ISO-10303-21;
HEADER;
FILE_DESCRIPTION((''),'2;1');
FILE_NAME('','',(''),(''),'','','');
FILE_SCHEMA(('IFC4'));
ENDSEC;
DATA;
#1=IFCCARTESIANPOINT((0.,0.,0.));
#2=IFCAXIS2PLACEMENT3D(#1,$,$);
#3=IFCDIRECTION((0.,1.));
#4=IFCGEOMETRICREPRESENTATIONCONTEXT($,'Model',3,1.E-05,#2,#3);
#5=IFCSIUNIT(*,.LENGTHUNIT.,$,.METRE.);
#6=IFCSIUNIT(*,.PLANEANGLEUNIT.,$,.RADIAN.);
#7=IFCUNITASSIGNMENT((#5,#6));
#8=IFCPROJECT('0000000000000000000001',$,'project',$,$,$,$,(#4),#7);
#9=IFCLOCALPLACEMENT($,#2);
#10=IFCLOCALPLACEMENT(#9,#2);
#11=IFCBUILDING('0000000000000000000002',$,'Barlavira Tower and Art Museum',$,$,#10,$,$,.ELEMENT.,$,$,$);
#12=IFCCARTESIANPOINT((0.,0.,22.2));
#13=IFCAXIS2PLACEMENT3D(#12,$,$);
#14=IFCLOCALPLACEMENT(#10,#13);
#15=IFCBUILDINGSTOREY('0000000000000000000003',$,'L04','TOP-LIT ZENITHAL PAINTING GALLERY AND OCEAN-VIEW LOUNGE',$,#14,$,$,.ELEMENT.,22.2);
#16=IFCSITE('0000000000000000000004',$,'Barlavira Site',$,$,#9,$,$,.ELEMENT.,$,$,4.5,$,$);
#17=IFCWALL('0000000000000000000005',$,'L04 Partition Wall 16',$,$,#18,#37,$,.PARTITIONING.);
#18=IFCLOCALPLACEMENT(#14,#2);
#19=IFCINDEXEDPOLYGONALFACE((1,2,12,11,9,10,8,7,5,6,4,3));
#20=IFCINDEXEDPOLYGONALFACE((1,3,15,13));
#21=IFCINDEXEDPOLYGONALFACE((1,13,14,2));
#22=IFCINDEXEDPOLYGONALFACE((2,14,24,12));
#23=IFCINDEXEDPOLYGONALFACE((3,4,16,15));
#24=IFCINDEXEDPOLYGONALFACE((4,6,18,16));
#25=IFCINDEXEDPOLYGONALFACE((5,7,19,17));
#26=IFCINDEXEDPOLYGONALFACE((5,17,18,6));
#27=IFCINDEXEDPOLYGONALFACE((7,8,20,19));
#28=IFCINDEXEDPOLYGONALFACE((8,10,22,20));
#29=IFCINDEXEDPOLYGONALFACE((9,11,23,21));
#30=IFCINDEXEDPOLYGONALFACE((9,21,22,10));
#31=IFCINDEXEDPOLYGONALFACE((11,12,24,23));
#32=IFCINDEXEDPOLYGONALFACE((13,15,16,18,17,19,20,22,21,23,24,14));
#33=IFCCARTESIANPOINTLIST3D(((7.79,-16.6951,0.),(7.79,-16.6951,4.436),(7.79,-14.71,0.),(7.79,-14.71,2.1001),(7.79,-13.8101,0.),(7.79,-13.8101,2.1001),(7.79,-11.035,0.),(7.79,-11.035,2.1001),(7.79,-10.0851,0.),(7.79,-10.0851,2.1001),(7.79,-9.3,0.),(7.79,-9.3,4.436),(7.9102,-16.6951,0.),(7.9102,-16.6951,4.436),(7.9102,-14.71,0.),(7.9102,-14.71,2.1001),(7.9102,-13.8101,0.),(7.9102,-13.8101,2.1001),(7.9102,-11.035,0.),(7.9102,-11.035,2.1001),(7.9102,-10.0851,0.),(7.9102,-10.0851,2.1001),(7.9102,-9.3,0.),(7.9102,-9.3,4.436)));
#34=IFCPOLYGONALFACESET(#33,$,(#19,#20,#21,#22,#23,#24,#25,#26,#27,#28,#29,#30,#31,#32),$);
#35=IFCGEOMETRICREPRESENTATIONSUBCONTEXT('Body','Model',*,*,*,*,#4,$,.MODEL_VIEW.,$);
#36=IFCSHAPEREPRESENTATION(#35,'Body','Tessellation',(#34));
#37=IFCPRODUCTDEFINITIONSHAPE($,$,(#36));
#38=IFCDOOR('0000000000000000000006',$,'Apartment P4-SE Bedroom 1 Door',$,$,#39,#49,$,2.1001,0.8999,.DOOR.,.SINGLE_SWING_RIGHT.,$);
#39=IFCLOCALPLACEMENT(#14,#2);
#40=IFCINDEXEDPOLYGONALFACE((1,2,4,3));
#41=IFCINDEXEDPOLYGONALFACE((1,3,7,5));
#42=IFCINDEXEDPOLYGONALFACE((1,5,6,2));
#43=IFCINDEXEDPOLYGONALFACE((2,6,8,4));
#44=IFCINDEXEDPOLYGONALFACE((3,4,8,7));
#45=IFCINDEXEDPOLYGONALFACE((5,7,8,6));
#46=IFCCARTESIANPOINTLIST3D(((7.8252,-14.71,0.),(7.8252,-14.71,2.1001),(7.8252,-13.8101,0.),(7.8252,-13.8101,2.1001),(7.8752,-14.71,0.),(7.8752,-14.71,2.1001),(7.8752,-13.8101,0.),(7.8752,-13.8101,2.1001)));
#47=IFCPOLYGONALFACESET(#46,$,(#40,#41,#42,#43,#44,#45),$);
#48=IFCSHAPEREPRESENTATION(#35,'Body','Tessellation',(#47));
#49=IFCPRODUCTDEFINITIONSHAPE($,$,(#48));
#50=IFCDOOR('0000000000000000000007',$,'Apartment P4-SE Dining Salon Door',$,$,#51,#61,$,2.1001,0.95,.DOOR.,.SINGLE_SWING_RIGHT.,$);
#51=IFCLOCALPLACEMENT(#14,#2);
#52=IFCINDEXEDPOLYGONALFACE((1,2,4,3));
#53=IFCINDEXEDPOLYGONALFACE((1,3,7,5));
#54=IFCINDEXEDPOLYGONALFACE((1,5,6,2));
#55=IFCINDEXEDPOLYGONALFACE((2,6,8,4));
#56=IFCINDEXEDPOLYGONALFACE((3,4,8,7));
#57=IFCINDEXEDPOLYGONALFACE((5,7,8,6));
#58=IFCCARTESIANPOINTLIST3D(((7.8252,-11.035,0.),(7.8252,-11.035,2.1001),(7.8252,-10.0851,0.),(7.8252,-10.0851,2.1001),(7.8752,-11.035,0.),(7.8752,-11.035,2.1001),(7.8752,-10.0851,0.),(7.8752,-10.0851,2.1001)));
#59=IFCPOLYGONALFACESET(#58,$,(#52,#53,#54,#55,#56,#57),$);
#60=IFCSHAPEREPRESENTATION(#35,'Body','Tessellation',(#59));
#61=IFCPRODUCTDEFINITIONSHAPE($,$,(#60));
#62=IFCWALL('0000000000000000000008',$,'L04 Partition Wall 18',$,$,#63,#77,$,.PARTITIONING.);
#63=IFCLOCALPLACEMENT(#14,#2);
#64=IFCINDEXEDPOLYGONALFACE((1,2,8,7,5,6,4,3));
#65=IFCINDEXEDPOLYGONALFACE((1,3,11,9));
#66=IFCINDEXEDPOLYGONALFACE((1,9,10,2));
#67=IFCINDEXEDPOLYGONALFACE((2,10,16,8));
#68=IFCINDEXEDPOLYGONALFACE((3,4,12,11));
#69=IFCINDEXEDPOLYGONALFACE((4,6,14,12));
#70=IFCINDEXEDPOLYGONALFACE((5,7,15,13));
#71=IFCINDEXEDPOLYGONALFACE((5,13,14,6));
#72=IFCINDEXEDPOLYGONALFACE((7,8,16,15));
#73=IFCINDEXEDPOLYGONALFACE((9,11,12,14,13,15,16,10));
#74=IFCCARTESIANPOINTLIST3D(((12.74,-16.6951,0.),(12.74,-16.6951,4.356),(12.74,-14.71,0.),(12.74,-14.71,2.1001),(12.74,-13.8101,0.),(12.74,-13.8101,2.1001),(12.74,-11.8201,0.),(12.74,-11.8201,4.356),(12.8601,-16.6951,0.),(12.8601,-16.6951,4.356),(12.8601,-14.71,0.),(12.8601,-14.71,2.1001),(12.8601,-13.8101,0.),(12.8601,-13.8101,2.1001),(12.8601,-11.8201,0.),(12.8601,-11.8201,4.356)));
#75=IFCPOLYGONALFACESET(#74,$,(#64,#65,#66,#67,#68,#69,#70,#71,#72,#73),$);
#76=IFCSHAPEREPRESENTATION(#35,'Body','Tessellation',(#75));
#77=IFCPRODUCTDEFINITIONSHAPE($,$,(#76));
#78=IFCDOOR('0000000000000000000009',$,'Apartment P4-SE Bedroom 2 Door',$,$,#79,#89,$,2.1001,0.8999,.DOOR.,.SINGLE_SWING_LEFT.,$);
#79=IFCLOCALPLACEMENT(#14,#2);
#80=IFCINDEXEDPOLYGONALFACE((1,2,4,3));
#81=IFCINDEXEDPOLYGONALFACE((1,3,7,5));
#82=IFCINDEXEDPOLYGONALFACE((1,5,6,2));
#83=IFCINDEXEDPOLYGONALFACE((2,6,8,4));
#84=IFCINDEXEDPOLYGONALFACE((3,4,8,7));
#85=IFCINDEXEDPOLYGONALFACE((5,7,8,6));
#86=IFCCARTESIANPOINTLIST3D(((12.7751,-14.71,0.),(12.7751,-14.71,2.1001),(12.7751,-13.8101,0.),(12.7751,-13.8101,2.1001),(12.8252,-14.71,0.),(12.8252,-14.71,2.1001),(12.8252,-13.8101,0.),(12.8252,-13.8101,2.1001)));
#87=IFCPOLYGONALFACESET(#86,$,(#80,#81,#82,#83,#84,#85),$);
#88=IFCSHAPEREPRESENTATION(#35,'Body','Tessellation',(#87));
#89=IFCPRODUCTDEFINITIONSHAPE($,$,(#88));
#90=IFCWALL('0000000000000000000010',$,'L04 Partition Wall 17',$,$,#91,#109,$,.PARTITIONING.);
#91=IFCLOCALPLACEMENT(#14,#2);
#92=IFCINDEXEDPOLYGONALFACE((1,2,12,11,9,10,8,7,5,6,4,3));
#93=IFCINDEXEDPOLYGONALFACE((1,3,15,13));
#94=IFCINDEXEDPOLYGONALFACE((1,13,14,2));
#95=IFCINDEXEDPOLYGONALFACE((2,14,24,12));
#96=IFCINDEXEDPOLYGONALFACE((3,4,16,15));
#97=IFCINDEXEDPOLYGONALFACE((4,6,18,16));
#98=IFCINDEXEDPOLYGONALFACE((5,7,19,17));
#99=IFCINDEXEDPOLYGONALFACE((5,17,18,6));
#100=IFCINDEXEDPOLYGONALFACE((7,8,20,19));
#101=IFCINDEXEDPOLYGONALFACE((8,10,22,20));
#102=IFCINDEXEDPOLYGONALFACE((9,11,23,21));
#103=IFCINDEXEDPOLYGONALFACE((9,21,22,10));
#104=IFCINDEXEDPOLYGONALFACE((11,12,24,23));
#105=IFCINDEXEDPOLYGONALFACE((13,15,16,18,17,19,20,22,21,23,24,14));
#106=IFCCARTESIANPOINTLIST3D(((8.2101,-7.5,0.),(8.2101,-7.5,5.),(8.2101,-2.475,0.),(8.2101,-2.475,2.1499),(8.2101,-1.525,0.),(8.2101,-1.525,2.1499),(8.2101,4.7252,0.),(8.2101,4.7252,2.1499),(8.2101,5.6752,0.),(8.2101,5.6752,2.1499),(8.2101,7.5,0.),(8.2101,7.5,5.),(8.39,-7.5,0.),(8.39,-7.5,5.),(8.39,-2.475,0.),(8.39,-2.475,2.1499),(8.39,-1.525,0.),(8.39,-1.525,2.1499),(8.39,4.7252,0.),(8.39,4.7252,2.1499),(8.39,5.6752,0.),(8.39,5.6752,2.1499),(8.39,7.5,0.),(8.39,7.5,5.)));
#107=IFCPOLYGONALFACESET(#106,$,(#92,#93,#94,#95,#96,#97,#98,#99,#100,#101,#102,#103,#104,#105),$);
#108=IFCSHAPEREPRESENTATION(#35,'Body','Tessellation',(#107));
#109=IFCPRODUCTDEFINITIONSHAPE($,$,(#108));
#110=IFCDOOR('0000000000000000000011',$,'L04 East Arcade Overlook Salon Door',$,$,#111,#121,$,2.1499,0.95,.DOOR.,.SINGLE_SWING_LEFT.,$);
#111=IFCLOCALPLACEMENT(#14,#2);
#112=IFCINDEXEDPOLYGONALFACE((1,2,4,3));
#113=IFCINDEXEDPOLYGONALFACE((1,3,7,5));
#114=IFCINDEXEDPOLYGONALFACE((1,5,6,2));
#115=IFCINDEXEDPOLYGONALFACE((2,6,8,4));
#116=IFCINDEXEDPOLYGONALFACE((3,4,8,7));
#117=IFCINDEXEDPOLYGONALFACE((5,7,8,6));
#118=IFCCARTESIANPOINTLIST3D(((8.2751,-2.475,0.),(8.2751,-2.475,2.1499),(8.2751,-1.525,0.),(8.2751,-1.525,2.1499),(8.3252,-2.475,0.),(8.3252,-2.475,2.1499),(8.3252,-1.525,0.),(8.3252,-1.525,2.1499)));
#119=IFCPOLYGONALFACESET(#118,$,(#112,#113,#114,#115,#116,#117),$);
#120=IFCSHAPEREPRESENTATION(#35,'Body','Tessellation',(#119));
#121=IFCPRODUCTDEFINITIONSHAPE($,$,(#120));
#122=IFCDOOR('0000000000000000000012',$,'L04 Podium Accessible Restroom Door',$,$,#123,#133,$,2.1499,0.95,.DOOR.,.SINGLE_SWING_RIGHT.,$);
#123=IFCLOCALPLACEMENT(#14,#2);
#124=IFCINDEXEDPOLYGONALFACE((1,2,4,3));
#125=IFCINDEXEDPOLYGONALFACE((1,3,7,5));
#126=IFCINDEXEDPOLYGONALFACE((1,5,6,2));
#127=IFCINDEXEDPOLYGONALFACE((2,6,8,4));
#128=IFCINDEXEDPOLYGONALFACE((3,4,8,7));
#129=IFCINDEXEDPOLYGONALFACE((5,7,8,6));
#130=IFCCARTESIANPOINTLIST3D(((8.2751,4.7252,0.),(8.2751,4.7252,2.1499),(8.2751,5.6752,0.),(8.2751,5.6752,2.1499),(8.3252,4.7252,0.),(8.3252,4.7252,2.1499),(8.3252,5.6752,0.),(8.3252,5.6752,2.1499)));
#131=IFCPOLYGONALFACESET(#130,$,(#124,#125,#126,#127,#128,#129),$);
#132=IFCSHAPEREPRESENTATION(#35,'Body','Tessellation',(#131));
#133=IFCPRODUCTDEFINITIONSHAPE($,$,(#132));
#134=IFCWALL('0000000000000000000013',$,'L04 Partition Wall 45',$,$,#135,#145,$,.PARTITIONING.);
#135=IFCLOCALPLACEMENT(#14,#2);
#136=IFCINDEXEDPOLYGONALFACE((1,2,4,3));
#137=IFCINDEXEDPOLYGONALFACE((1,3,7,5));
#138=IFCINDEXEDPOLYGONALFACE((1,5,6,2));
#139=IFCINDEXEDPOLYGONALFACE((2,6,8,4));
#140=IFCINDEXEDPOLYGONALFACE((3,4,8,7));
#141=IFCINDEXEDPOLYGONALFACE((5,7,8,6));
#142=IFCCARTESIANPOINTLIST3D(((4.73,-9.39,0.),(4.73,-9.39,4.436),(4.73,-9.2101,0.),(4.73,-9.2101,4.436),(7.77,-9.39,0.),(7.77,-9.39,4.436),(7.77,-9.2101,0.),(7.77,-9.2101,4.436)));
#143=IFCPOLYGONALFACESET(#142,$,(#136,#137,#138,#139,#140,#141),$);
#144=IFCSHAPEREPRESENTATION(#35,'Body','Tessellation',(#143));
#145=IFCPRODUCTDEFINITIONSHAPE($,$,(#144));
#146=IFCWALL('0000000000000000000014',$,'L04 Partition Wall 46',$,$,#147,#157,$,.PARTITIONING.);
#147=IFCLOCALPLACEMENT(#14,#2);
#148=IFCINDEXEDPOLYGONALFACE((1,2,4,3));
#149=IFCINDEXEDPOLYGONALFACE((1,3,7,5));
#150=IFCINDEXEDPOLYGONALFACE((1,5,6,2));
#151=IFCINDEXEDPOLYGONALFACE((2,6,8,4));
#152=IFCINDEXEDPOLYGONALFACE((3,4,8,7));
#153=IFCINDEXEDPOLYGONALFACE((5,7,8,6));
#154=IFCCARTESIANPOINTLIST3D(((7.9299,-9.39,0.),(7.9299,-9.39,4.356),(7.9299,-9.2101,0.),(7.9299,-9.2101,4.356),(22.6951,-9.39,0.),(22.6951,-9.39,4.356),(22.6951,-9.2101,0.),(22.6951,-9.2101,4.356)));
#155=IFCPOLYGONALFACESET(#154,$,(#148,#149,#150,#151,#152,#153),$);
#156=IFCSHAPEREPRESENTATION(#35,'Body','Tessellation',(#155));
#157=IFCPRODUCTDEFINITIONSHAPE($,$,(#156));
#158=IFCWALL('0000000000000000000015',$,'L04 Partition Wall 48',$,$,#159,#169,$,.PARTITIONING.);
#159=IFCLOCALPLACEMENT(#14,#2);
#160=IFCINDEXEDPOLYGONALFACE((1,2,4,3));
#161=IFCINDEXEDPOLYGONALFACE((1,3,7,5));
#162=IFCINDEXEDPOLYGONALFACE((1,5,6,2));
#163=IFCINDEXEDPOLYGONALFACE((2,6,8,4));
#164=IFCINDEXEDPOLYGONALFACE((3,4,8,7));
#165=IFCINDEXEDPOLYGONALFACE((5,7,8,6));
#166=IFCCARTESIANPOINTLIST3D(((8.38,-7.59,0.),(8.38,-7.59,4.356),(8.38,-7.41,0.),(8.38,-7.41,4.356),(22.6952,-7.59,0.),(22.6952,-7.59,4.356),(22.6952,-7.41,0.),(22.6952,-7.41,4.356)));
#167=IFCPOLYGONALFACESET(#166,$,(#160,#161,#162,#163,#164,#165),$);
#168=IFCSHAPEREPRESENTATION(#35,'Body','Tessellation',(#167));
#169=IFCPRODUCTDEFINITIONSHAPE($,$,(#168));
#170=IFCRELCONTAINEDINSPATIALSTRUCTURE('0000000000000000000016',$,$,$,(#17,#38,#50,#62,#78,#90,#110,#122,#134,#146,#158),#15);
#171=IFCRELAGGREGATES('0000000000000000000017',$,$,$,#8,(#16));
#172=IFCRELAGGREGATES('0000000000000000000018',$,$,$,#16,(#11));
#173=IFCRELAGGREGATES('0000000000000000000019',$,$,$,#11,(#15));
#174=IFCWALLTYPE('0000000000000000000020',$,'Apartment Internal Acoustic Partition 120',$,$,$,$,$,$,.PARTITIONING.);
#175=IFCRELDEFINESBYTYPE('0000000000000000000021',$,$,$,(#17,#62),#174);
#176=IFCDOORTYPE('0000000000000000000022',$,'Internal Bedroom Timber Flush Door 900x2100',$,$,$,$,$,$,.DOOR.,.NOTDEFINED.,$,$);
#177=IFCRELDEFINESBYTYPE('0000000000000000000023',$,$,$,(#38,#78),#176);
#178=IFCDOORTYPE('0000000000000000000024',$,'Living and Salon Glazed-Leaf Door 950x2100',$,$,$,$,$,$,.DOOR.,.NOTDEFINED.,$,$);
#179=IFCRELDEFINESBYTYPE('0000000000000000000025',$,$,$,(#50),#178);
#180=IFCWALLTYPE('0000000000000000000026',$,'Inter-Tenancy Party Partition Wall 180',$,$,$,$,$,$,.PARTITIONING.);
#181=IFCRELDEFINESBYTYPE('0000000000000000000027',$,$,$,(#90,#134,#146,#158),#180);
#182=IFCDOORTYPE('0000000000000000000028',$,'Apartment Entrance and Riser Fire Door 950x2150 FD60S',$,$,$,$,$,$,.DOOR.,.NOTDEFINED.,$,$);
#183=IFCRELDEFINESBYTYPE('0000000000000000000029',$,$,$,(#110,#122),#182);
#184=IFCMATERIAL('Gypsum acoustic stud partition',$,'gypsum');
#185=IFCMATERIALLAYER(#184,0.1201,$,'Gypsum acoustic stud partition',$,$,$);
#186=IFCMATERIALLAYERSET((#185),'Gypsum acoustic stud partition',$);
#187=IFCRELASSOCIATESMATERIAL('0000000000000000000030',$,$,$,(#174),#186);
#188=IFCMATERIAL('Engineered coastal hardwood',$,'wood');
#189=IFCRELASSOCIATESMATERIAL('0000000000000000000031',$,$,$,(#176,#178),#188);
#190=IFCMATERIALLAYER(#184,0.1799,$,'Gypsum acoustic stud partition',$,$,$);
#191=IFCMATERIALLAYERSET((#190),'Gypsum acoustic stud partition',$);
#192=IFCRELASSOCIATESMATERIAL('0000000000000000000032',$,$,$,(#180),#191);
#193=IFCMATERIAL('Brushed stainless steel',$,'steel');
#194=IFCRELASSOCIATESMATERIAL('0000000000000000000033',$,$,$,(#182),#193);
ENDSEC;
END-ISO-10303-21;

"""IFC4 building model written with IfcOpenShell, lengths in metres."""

from ifc_helpers import new_model, si_unit, direction, frame, frame_2d, origin, place, context, subcontext, project, spatial, rectangle, extrude, material, layer, layer_set, type_object, element, fill, save


model = new_model("IFC4")

# Units and contexts
model_context = context("Model", 3, precision=1e-05, world=origin(), true_north=direction((0.0, 1.0)))
body_context = subcontext(model_context, "Body", "Model", "MODEL_VIEW")
ifc_project = project(units=[si_unit("LENGTHUNIT", "METRE"), si_unit("PLANEANGLEUNIT", "RADIAN")], contexts=[model_context])

# Site, building, storey
site_placement = place(None, origin())
site = spatial("IfcSite", under=ifc_project, at=site_placement, Name="Barlavira Site", CompositionType="ELEMENT", RefElevation=4.5)
building_placement = place(site_placement, origin())
building = spatial("IfcBuilding", under=site, at=building_placement, Name="Barlavira Tower and Art Museum", CompositionType="ELEMENT")
storey_placement = place(building_placement, frame((0.0, 0.0, 22.2)))
storey = spatial("IfcBuildingStorey", under=building, at=storey_placement, Name="L04", Description="TOP-LIT ZENITHAL PAINTING GALLERY AND OCEAN-VIEW LOUNGE", CompositionType="ELEMENT", Elevation=22.2)

# Wall, openings, doors
ifc_material_1 = material(Name="Gypsum acoustic stud partition", Category="gypsum")
ifc_layer_1 = layer(ifc_material_1, 0.1201, Name="Gypsum acoustic stud partition")
ifc_layer_set_1 = layer_set([ifc_layer_1], Name="Gypsum acoustic stud partition")
wall_type_1 = type_object("IfcWallType", Name="Apartment Internal Acoustic Partition 120", PredefinedType="PARTITIONING", material=ifc_layer_set_1)
wall_1_placement = place(storey_placement, frame((7.8501, -16.6951, 0.0), z_axis=(0.0, 0.0, 1.0), x_axis=(0.0, 1.0, 0.0)))
wall_1 = element("IfcWall", 1, at=wall_1_placement, inside=storey, type_object=wall_type_1, Name="L04 Partition Wall 16", PredefinedType="PARTITIONING", context=body_context, shape_type="SweptSolid", body=[
    extrude(rectangle(XDim=7.395, YDim=0.1201, at=frame_2d((3.6975, 0.0))), origin(), (0.0, 0.0, 1.0), 4.436),
])
opening_1_placement = place(wall_1_placement, frame((5.6599, 0.0, 0.0)))
opening_1 = element("IfcOpeningElement", 2, at=opening_1_placement, cuts=wall_1, PredefinedType="OPENING", context=body_context, shape_type="SweptSolid", body=[
    extrude(rectangle(XDim=0.95, YDim=2.1001, at=frame_2d((0.4751, 1.05))), frame((0.0, 0.0701, 0.0), z_axis=(0.0, -1.0, 0.0), x_axis=(1.0, 0.0, 0.0)), (0.0, 0.0, 1.0), 0.1401),
])
opening_2_placement = place(wall_1_placement, frame((1.9851, 0.0, 0.0)))
opening_2 = element("IfcOpeningElement", 3, at=opening_2_placement, cuts=wall_1, PredefinedType="OPENING", context=body_context, shape_type="SweptSolid", body=[
    extrude(rectangle(XDim=0.8999, YDim=2.1001, at=frame_2d((0.45, 1.05))), frame((0.0, 0.0701, 0.0), z_axis=(0.0, -1.0, 0.0), x_axis=(1.0, 0.0, 0.0)), (0.0, 0.0, 1.0), 0.1401),
])
ifc_material_2 = material(Name="Engineered coastal hardwood", Category="wood")
door_type_1 = type_object("IfcDoorType", Name="Internal Bedroom Timber Flush Door 900x2100", OperationType="NOTDEFINED", PredefinedType="DOOR", material=ifc_material_2)
door_1_placement = place(opening_2_placement, origin())
door_1 = element("IfcDoor", 4, at=door_1_placement, inside=storey, type_object=door_type_1, Name="Apartment P4-SE Bedroom 1 Door", OperationType="SINGLE_SWING_RIGHT", OverallHeight=2.1001, OverallWidth=0.8999, PredefinedType="DOOR", context=body_context, shape_type="SweptSolid", body=[
    extrude(rectangle(XDim=0.8999, YDim=2.1001, at=frame_2d((0.45, 1.05))), frame((0.0, 0.0249, 0.0), z_axis=(0.0, -1.0, 0.0), x_axis=(1.0, 0.0, 0.0)), (0.0, 0.0, 1.0), 0.05),
])
fill(opening_2, door_1)
door_type_2 = type_object("IfcDoorType", Name="Living and Salon Glazed-Leaf Door 950x2100", OperationType="NOTDEFINED", PredefinedType="DOOR", material=ifc_material_2)
door_2_placement = place(opening_1_placement, origin())
door_2 = element("IfcDoor", 5, at=door_2_placement, inside=storey, type_object=door_type_2, Name="Apartment P4-SE Dining Salon Door", OperationType="SINGLE_SWING_RIGHT", OverallHeight=2.1001, OverallWidth=0.95, PredefinedType="DOOR", context=body_context, shape_type="SweptSolid", body=[
    extrude(rectangle(XDim=0.95, YDim=2.1001, at=frame_2d((0.4751, 1.05))), frame((0.0, 0.0249, 0.0), z_axis=(0.0, -1.0, 0.0), x_axis=(1.0, 0.0, 0.0)), (0.0, 0.0, 1.0), 0.05),
])
fill(opening_1, door_2)

# Wall, opening, door
wall_2_placement = place(storey_placement, frame((12.8, -16.6951, 0.0), z_axis=(0.0, 0.0, 1.0), x_axis=(0.0, 1.0, 0.0)))
wall_2 = element("IfcWall", 6, at=wall_2_placement, inside=storey, type_object=wall_type_1, Name="L04 Partition Wall 18", PredefinedType="PARTITIONING", context=body_context, shape_type="SweptSolid", body=[
    extrude(rectangle(XDim=4.875, YDim=0.1201, at=frame_2d((2.4375, 0.0))), origin(), (0.0, 0.0, 1.0), 4.356),
])
opening_3_placement = place(wall_2_placement, frame((1.9851, 0.0, 0.0)))
opening_3 = element("IfcOpeningElement", 7, at=opening_3_placement, cuts=wall_2, PredefinedType="OPENING", context=body_context, shape_type="SweptSolid", body=[
    extrude(rectangle(XDim=0.8999, YDim=2.1001, at=frame_2d((0.45, 1.05))), frame((0.0, 0.0701, 0.0), z_axis=(0.0, -1.0, 0.0), x_axis=(1.0, 0.0, 0.0)), (0.0, 0.0, 1.0), 0.1401),
])
door_3_placement = place(opening_3_placement, origin())
door_3 = element("IfcDoor", 8, at=door_3_placement, inside=storey, type_object=door_type_1, Name="Apartment P4-SE Bedroom 2 Door", OperationType="SINGLE_SWING_LEFT", OverallHeight=2.1001, OverallWidth=0.8999, PredefinedType="DOOR", context=body_context, shape_type="SweptSolid", body=[
    extrude(rectangle(XDim=0.8999, YDim=2.1001, at=frame_2d((0.45, 1.05))), frame((0.0, 0.0249, 0.0), z_axis=(0.0, -1.0, 0.0), x_axis=(1.0, 0.0, 0.0)), (0.0, 0.0, 1.0), 0.05),
])
fill(opening_3, door_3)

# Wall, openings, doors
ifc_layer_2 = layer(ifc_material_1, 0.1799, Name="Gypsum acoustic stud partition")
ifc_layer_set_2 = layer_set([ifc_layer_2], Name="Gypsum acoustic stud partition")
wall_type_2 = type_object("IfcWallType", Name="Inter-Tenancy Party Partition Wall 180", PredefinedType="PARTITIONING", material=ifc_layer_set_2)
wall_3_placement = place(storey_placement, frame((8.3, -7.5, 0.0), z_axis=(0.0, 0.0, 1.0), x_axis=(0.0, 1.0, 0.0)))
wall_3 = element("IfcWall", 9, at=wall_3_placement, inside=storey, type_object=wall_type_2, Name="L04 Partition Wall 17", PredefinedType="PARTITIONING", context=body_context, shape_type="SweptSolid", body=[
    extrude(rectangle(XDim=15.0, YDim=0.1799, at=frame_2d((7.5, 0.0))), origin(), (0.0, 0.0, 1.0), 5.0),
])
opening_4_placement = place(wall_3_placement, frame((5.0249, 0.0, 0.0)))
opening_4 = element("IfcOpeningElement", 10, at=opening_4_placement, cuts=wall_3, PredefinedType="OPENING", context=body_context, shape_type="SweptSolid", body=[
    extrude(rectangle(XDim=0.95, YDim=2.1499, at=frame_2d((0.4751, 1.075))), frame((0.0, 0.1001, 0.0), z_axis=(0.0, -1.0, 0.0), x_axis=(1.0, 0.0, 0.0)), (0.0, 0.0, 1.0), 0.2),
])
opening_5_placement = place(wall_3_placement, frame((12.2251, 0.0, 0.0)))
opening_5 = element("IfcOpeningElement", 11, at=opening_5_placement, cuts=wall_3, PredefinedType="OPENING", context=body_context, shape_type="SweptSolid", body=[
    extrude(rectangle(XDim=0.95, YDim=2.1499, at=frame_2d((0.4751, 1.075))), frame((0.0, 0.1001, 0.0), z_axis=(0.0, -1.0, 0.0), x_axis=(1.0, 0.0, 0.0)), (0.0, 0.0, 1.0), 0.2),
])
ifc_material_3 = material(Name="Brushed stainless steel", Category="steel")
door_type_3 = type_object("IfcDoorType", Name="Apartment Entrance and Riser Fire Door 950x2150 FD60S", OperationType="NOTDEFINED", PredefinedType="DOOR", material=ifc_material_3)
door_4_placement = place(opening_4_placement, origin())
door_4 = element("IfcDoor", 12, at=door_4_placement, inside=storey, type_object=door_type_3, Name="L04 East Arcade Overlook Salon Door", OperationType="SINGLE_SWING_LEFT", OverallHeight=2.1499, OverallWidth=0.95, PredefinedType="DOOR", context=body_context, shape_type="SweptSolid", body=[
    extrude(rectangle(XDim=0.95, YDim=2.1499, at=frame_2d((0.4751, 1.075))), frame((0.0, 0.0249, 0.0), z_axis=(0.0, -1.0, 0.0), x_axis=(1.0, 0.0, 0.0)), (0.0, 0.0, 1.0), 0.05),
])
fill(opening_4, door_4)
door_5_placement = place(opening_5_placement, origin())
door_5 = element("IfcDoor", 13, at=door_5_placement, inside=storey, type_object=door_type_3, Name="L04 Podium Accessible Restroom Door", OperationType="SINGLE_SWING_RIGHT", OverallHeight=2.1499, OverallWidth=0.95, PredefinedType="DOOR", context=body_context, shape_type="SweptSolid", body=[
    extrude(rectangle(XDim=0.95, YDim=2.1499, at=frame_2d((0.4751, 1.075))), frame((0.0, 0.0249, 0.0), z_axis=(0.0, -1.0, 0.0), x_axis=(1.0, 0.0, 0.0)), (0.0, 0.0, 1.0), 0.05),
])
fill(opening_5, door_5)

# Walls
wall_4_placement = place(storey_placement, frame((4.73, -9.3, 0.0), z_axis=(0.0, 0.0, 1.0), x_axis=(1.0, 0.0, 0.0)))
element("IfcWall", 14, at=wall_4_placement, inside=storey, type_object=wall_type_2, Name="L04 Partition Wall 45", PredefinedType="PARTITIONING", context=body_context, shape_type="SweptSolid", body=[
    extrude(rectangle(XDim=3.04, YDim=0.1799, at=frame_2d((1.52, 0.0))), origin(), (0.0, 0.0, 1.0), 4.436),
])
wall_5_placement = place(storey_placement, frame((7.9299, -9.3, 0.0), z_axis=(0.0, 0.0, 1.0), x_axis=(1.0, 0.0, 0.0)))
element("IfcWall", 15, at=wall_5_placement, inside=storey, type_object=wall_type_2, Name="L04 Partition Wall 46", PredefinedType="PARTITIONING", context=body_context, shape_type="SweptSolid", body=[
    extrude(rectangle(XDim=14.7651, YDim=0.1799, at=frame_2d((7.3826, 0.0))), origin(), (0.0, 0.0, 1.0), 4.356),
])
wall_6_placement = place(storey_placement, frame((8.3799, -7.5, 0.0), z_axis=(0.0, 0.0, 1.0), x_axis=(1.0, 0.0, 0.0)))
element("IfcWall", 16, at=wall_6_placement, inside=storey, type_object=wall_type_2, Name="L04 Partition Wall 48", PredefinedType="PARTITIONING", context=body_context, shape_type="SweptSolid", body=[
    extrude(rectangle(XDim=14.3152, YDim=0.1799, at=frame_2d((7.1577, 0.0))), origin(), (0.0, 0.0, 1.0), 4.356),
])

save(model, "model.ifc")
